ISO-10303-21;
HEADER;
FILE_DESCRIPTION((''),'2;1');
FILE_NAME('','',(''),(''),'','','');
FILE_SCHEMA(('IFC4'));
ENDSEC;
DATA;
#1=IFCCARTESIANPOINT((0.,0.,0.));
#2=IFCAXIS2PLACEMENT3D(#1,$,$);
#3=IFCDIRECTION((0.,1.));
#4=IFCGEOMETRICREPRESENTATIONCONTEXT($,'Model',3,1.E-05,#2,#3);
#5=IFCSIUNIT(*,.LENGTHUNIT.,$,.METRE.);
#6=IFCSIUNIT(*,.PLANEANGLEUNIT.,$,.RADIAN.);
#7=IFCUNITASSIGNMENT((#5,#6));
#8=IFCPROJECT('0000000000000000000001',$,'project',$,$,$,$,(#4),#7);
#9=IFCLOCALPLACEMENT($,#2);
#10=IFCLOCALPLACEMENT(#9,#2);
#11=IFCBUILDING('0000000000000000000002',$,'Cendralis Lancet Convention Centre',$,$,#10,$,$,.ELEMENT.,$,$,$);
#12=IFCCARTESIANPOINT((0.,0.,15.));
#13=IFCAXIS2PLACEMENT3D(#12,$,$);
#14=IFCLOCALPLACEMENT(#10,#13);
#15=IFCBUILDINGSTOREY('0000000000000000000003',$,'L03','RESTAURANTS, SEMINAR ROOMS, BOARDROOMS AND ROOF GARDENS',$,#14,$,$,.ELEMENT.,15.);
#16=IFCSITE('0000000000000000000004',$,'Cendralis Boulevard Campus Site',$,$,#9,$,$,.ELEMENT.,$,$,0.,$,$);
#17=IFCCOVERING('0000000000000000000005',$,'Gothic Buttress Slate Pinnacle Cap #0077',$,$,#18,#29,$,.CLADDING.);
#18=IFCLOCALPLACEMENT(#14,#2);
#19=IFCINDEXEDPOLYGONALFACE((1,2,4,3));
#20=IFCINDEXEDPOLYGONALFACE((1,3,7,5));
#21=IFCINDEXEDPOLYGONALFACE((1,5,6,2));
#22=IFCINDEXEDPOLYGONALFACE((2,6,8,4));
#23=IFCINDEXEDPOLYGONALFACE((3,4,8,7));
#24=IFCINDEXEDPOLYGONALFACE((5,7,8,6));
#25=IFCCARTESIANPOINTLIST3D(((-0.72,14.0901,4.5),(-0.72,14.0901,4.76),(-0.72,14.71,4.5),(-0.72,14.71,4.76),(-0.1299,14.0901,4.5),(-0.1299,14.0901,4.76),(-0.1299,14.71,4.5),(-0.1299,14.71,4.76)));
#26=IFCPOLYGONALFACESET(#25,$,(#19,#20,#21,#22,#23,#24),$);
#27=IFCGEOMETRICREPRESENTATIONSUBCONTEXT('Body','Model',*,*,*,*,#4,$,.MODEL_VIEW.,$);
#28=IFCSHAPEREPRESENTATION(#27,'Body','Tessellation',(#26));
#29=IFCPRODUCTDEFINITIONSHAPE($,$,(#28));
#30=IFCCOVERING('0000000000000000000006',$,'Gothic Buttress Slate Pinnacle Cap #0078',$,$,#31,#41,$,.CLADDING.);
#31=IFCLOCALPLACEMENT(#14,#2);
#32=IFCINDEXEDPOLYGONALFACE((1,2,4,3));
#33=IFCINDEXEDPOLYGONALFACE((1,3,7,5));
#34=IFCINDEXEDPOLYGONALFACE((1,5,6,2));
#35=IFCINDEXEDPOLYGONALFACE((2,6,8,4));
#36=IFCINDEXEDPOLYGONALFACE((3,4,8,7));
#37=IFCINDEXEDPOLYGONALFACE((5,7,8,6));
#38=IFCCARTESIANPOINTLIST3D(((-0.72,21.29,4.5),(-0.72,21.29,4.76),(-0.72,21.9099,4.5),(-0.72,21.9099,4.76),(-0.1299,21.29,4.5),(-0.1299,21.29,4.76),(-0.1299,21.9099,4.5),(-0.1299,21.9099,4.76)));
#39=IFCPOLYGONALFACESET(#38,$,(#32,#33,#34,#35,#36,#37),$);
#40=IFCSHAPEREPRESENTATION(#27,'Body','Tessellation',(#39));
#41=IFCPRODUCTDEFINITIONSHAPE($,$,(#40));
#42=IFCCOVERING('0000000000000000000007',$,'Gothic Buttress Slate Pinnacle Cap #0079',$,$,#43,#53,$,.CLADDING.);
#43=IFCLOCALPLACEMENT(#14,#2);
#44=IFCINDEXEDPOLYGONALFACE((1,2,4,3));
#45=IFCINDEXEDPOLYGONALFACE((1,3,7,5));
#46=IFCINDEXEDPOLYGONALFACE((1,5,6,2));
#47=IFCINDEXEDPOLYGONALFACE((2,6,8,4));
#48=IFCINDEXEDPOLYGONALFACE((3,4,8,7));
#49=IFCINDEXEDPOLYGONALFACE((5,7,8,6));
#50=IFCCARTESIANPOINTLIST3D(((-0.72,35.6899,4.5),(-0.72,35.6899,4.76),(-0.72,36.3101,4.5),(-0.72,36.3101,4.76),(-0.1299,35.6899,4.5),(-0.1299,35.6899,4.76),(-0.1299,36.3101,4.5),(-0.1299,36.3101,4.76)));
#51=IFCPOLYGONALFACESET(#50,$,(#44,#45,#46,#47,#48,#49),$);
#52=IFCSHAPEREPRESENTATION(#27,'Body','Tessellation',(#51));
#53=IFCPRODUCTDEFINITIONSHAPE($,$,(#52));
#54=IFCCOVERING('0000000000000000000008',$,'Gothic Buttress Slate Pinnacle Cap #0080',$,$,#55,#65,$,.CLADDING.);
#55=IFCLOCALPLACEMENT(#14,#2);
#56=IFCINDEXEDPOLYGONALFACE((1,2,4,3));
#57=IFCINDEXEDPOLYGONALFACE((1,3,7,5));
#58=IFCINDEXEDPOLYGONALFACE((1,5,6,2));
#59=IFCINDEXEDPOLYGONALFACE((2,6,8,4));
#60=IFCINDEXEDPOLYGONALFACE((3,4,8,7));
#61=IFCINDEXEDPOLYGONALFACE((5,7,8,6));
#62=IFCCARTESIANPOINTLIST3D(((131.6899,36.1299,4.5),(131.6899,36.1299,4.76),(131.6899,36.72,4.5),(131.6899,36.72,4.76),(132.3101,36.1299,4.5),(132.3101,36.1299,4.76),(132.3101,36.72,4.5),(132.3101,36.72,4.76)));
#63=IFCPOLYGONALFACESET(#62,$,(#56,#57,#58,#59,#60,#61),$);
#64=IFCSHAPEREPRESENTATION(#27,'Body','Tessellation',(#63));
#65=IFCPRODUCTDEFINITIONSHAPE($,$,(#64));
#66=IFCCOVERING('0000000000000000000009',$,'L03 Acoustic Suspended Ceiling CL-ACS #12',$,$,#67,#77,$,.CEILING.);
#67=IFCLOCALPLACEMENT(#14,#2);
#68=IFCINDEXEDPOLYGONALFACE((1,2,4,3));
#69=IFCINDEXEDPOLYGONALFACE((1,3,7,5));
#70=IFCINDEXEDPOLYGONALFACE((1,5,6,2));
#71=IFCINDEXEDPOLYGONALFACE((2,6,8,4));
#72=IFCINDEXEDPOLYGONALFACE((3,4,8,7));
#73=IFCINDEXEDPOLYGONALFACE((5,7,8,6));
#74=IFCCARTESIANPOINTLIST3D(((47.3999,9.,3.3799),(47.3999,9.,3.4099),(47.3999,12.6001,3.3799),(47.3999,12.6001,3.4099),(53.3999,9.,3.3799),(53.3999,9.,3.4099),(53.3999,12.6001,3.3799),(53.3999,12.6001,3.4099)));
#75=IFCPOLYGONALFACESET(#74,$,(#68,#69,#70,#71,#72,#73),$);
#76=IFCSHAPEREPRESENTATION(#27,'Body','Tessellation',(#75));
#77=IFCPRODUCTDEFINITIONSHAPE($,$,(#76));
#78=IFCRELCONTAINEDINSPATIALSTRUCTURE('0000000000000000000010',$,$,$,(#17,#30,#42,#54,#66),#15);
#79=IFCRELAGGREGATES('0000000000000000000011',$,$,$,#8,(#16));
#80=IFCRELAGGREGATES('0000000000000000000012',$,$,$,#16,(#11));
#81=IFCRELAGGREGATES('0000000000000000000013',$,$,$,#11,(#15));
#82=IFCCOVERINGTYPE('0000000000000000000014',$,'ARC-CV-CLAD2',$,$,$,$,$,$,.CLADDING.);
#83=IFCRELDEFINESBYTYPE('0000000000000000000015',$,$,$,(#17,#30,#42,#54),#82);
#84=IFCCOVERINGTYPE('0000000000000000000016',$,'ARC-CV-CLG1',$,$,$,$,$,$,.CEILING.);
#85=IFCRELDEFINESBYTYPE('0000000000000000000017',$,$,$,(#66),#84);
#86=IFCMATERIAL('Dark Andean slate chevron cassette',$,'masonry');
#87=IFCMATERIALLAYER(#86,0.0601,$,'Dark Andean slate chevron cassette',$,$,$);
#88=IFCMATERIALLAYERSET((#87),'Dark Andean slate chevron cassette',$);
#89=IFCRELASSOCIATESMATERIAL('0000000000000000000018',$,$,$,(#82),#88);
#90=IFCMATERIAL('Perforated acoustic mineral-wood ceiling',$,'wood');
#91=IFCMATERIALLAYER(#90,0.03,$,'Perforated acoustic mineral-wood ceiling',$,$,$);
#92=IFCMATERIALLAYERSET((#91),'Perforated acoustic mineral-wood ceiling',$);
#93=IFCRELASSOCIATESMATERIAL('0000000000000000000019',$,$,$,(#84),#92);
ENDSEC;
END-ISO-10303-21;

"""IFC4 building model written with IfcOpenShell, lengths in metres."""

from ifc_helpers import new_model, si_unit, direction, frame, origin, place, context, subcontext, project, spatial, polyline, outline, extrude, material, layer, layer_set, type_object, element, save


model = new_model("IFC4")

# Units and contexts
model_context = context("Model", 3, precision=1e-05, world=origin(), true_north=direction((0.0, 1.0)))
body_context = subcontext(model_context, "Body", "Model", "MODEL_VIEW")
ifc_project = project(units=[si_unit("LENGTHUNIT", "METRE"), si_unit("PLANEANGLEUNIT", "RADIAN")], contexts=[model_context])

# Site, building, storey
site_placement = place(None, origin())
site = spatial("IfcSite", under=ifc_project, at=site_placement, Name="Cendralis Boulevard Campus Site", CompositionType="ELEMENT", RefElevation=0.0)
building_placement = place(site_placement, origin())
building = spatial("IfcBuilding", under=site, at=building_placement, Name="Cendralis Lancet Convention Centre", CompositionType="ELEMENT")
storey_placement = place(building_placement, frame((0.0, 0.0, 15.0)))
storey = spatial("IfcBuildingStorey", under=building, at=storey_placement, Name="L03", Description="RESTAURANTS, SEMINAR ROOMS, BOARDROOMS AND ROOF GARDENS", CompositionType="ELEMENT", Elevation=15.0)

# Shared definitions
ifc_material_1 = material(Name="Dark Andean slate chevron cassette", Category="masonry")

# Coverings
ifc_layer_1 = layer(ifc_material_1, 0.0601, Name="Dark Andean slate chevron cassette")
ifc_layer_set_1 = layer_set([ifc_layer_1], Name="Dark Andean slate chevron cassette")
covering_type_1 = type_object("IfcCoveringType", Name="ARC-CV-CLAD2", PredefinedType="CLADDING", material=ifc_layer_set_1)
covering_1_placement = place(storey_placement, frame((0.0, 0.0, 4.5)))
element("IfcCovering", 1, at=covering_1_placement, inside=storey, type_object=covering_type_1, Name="Gothic Buttress Slate Pinnacle Cap #0077", PredefinedType="CLADDING", context=body_context, shape_type="SweptSolid", body=[
    extrude(outline(polyline([(-0.72, 14.71), (-0.72, 14.0901), (-0.1299, 14.0901), (-0.1299, 14.71), (-0.72, 14.71)])), origin(), (0.0, 0.0, 1.0), 0.26),
])
covering_2_placement = place(storey_placement, frame((0.0, 0.0, 4.5)))
element("IfcCovering", 2, at=covering_2_placement, inside=storey, type_object=covering_type_1, Name="Gothic Buttress Slate Pinnacle Cap #0078", PredefinedType="CLADDING", context=body_context, shape_type="SweptSolid", body=[
    extrude(outline(polyline([(-0.72, 21.9099), (-0.72, 21.29), (-0.1299, 21.29), (-0.1299, 21.9099), (-0.72, 21.9099)])), origin(), (0.0, 0.0, 1.0), 0.26),
])
covering_3_placement = place(storey_placement, frame((0.0, 0.0, 4.5)))
element("IfcCovering", 3, at=covering_3_placement, inside=storey, type_object=covering_type_1, Name="Gothic Buttress Slate Pinnacle Cap #0079", PredefinedType="CLADDING", context=body_context, shape_type="SweptSolid", body=[
    extrude(outline(polyline([(-0.72, 36.3101), (-0.72, 35.6899), (-0.1299, 35.6899), (-0.1299, 36.3101), (-0.72, 36.3101)])), origin(), (0.0, 0.0, 1.0), 0.26),
])
covering_4_placement = place(storey_placement, frame((0.0, 0.0, 4.5)))
element("IfcCovering", 4, at=covering_4_placement, inside=storey, type_object=covering_type_1, Name="Gothic Buttress Slate Pinnacle Cap #0080", PredefinedType="CLADDING", context=body_context, shape_type="SweptSolid", body=[
    extrude(outline(polyline([(132.3101, 36.72), (131.6899, 36.72), (131.6899, 36.1299), (132.3101, 36.1299), (132.3101, 36.72)])), origin(), (0.0, 0.0, 1.0), 0.26),
])
ifc_material_2 = material(Name="Perforated acoustic mineral-wood ceiling", Category="wood")
ifc_layer_2 = layer(ifc_material_2, 0.03, Name="Perforated acoustic mineral-wood ceiling")
ifc_layer_set_2 = layer_set([ifc_layer_2], Name="Perforated acoustic mineral-wood ceiling")
covering_type_2 = type_object("IfcCoveringType", Name="ARC-CV-CLG1", PredefinedType="CEILING", material=ifc_layer_set_2)
covering_5_placement = place(storey_placement, frame((0.0, 0.0, 3.3799)))
element("IfcCovering", 5, at=covering_5_placement, inside=storey, type_object=covering_type_2, Name="L03 Acoustic Suspended Ceiling CL-ACS #12", PredefinedType="CEILING", context=body_context, shape_type="SweptSolid", body=[
    extrude(outline(polyline([(47.3999, 9.0), (53.3999, 9.0), (53.3999, 12.6001), (47.3999, 12.6001), (47.3999, 9.0)])), origin(), (0.0, 0.0, 1.0), 0.03),
])

save(model, "model.ifc")
